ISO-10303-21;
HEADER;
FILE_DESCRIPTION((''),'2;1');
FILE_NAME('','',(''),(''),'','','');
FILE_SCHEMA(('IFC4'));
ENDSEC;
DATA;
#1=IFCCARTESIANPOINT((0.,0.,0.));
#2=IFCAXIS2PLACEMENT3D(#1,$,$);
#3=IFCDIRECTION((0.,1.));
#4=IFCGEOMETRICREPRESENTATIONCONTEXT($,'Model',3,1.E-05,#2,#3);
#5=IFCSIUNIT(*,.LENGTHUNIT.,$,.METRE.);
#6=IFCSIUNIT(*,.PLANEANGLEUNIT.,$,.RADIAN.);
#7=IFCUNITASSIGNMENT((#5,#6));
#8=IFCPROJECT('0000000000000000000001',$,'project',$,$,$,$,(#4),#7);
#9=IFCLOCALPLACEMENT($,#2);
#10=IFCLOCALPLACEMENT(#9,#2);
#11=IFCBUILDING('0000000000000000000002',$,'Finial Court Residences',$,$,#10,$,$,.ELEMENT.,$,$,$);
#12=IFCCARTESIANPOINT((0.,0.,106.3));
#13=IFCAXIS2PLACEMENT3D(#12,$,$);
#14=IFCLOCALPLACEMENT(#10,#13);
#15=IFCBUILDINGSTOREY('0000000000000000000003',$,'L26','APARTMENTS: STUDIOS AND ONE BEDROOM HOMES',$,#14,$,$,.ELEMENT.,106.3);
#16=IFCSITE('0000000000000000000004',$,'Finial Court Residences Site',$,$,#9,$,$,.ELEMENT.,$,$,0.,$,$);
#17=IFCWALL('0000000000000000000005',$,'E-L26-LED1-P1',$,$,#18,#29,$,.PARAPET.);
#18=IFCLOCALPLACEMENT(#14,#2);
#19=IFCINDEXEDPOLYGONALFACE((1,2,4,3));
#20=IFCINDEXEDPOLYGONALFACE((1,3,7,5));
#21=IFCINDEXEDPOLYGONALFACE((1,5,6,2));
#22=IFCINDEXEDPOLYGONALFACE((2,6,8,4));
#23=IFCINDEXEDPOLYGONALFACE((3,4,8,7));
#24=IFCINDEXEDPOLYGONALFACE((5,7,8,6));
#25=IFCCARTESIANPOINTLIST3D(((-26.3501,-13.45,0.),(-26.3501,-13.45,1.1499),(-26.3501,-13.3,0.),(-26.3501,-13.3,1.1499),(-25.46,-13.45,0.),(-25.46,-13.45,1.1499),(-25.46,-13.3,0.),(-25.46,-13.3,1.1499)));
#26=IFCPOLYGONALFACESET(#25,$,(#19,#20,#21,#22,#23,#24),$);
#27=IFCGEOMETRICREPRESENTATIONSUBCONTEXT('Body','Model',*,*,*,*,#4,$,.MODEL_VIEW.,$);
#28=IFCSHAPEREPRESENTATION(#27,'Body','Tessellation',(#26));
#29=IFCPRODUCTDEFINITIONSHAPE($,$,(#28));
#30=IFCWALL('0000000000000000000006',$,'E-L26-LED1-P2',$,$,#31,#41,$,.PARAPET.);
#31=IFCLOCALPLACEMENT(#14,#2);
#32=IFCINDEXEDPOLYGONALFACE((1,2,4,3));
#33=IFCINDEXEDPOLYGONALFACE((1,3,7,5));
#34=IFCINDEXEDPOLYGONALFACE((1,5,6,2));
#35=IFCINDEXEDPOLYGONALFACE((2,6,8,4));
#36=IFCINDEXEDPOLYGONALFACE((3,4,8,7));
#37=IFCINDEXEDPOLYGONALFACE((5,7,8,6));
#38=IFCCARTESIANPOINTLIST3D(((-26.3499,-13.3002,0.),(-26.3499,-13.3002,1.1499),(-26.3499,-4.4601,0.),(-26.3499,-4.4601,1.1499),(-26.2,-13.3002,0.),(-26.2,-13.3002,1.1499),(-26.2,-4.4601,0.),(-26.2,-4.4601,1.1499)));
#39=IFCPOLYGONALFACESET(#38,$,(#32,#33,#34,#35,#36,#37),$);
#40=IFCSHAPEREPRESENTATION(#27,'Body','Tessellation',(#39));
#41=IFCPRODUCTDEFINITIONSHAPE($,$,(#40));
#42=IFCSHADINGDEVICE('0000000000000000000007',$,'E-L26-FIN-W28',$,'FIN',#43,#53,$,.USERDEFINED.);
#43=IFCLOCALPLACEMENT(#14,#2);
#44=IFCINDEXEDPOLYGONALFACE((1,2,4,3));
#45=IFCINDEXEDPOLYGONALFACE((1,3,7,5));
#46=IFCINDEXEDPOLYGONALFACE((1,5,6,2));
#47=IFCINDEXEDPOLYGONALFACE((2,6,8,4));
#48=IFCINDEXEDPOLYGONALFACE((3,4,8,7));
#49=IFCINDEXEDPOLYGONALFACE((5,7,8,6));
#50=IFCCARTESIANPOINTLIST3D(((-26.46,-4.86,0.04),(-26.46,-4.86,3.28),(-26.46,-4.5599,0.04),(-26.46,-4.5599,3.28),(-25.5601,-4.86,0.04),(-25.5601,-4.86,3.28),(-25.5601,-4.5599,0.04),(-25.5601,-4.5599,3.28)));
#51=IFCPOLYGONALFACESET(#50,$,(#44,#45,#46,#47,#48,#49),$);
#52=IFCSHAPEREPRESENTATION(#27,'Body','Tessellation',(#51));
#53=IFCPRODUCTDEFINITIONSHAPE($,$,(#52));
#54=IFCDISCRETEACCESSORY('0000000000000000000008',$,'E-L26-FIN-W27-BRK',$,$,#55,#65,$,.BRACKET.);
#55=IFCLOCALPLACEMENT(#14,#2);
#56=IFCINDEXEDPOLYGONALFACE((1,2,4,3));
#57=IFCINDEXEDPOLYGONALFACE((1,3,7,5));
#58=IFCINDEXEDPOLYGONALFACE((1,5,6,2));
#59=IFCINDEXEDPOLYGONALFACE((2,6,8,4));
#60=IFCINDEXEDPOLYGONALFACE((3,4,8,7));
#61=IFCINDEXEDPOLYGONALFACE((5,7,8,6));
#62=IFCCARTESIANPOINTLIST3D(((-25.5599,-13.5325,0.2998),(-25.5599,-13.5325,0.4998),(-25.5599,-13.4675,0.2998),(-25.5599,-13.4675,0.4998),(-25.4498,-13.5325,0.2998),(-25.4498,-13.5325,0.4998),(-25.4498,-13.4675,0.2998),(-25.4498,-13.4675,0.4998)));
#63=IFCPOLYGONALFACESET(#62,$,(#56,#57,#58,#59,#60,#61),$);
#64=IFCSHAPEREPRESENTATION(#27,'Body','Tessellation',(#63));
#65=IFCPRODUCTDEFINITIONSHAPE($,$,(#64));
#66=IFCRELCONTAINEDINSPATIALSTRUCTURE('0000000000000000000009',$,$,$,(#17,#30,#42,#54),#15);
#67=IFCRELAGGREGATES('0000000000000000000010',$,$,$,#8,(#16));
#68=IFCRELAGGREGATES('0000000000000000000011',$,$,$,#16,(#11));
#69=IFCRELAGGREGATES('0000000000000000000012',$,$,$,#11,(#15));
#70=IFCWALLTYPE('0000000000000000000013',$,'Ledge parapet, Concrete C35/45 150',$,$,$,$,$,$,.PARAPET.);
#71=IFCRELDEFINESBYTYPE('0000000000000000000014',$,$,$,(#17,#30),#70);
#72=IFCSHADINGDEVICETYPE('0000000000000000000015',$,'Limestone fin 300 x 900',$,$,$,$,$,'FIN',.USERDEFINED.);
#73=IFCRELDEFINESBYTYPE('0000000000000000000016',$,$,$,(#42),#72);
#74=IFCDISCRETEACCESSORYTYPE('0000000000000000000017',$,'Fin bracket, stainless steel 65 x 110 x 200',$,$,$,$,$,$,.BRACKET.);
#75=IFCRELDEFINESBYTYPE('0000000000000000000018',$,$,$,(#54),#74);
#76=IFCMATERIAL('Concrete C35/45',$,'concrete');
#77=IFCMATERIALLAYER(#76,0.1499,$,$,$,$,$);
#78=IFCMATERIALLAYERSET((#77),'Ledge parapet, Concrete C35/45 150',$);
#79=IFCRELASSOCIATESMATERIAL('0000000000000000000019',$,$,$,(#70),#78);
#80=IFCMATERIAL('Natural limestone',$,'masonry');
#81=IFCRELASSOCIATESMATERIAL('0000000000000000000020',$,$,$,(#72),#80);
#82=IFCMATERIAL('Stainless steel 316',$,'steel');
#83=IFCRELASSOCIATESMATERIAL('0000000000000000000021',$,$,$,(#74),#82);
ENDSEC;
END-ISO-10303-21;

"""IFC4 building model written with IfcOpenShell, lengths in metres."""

from ifc_helpers import new_model, si_unit, direction, frame, frame_2d, origin, origin_2d, place, context, subcontext, project, spatial, rectangle, extrude, material, layer, layer_set, type_object, element, save


model = new_model("IFC4")

# Units and contexts
model_context = context("Model", 3, precision=1e-05, world=origin(), true_north=direction((0.0, 1.0)))
body_context = subcontext(model_context, "Body", "Model", "MODEL_VIEW")
ifc_project = project(units=[si_unit("LENGTHUNIT", "METRE"), si_unit("PLANEANGLEUNIT", "RADIAN")], contexts=[model_context])

# Site, building, storey
site_placement = place(None, origin())
site = spatial("IfcSite", under=ifc_project, at=site_placement, Name="Finial Court Residences Site", CompositionType="ELEMENT", RefElevation=0.0)
building_placement = place(site_placement, origin())
building = spatial("IfcBuilding", under=site, at=building_placement, Name="Finial Court Residences", CompositionType="ELEMENT")
storey_placement = place(building_placement, frame((0.0, 0.0, 106.3)))
storey = spatial("IfcBuildingStorey", under=building, at=storey_placement, Name="L26", Description="APARTMENTS: STUDIOS AND ONE BEDROOM HOMES", CompositionType="ELEMENT", Elevation=106.3)

# Walls
ifc_material_1 = material(Name="Concrete C35/45", Category="concrete")
ifc_layer_1 = layer(ifc_material_1, 0.1499)
ifc_layer_set_1 = layer_set([ifc_layer_1], Name="Ledge parapet, Concrete C35/45 150")
wall_type_1 = type_object("IfcWallType", Name="Ledge parapet, Concrete C35/45 150", PredefinedType="PARAPET", material=ifc_layer_set_1)
wall_1_placement = place(storey_placement, frame((-25.46, -13.375, 0.0), z_axis=(0.0, 0.0, 1.0), x_axis=(-1.0, 0.0, 0.0)))
element("IfcWall", 1, at=wall_1_placement, inside=storey, type_object=wall_type_1, Name="E-L26-LED1-P1", PredefinedType="PARAPET", context=body_context, shape_type="SweptSolid", body=[
    extrude(rectangle(XDim=0.8901, YDim=0.1499, at=frame_2d((0.4451, 0.0))), origin(), (0.0, 0.0, 1.0), 1.1499),
])
wall_2_placement = place(storey_placement, frame((-26.2749, -13.3, 0.0), z_axis=(0.0, 0.0, 1.0), x_axis=(0.0, 1.0, 0.0)))
element("IfcWall", 2, at=wall_2_placement, inside=storey, type_object=wall_type_1, Name="E-L26-LED1-P2", PredefinedType="PARAPET", context=body_context, shape_type="SweptSolid", body=[
    extrude(rectangle(XDim=8.8401, YDim=0.1499, at=frame_2d((4.4199, 0.0))), origin(), (0.0, 0.0, 1.0), 1.1499),
])

# Shading device
ifc_material_2 = material(Name="Natural limestone", Category="masonry")
shading_device_type = type_object("IfcShadingDeviceType", Name="Limestone fin 300 x 900", ElementType="FIN", PredefinedType="USERDEFINED", material=ifc_material_2)
shading_device_placement = place(storey_placement, frame((-26.01, -4.71, 0.04), z_axis=(0.0, 0.0, 1.0), x_axis=(1.0, 0.0, 0.0)))
element("IfcShadingDevice", 3, at=shading_device_placement, inside=storey, type_object=shading_device_type, Name="E-L26-FIN-W28", ObjectType="FIN", PredefinedType="USERDEFINED", context=body_context, shape_type="SweptSolid", body=[
    extrude(rectangle(XDim=0.8999, YDim=0.3, at=origin_2d()), origin(), (0.0, 0.0, 1.0), 3.24),
])

# Discrete accessory
ifc_material_3 = material(Name="Stainless steel 316", Category="steel")
discrete_accessory_type = type_object("IfcDiscreteAccessoryType", Name="Fin bracket, stainless steel 65 x 110 x 200", PredefinedType="BRACKET", material=ifc_material_3)
discrete_accessory_placement = place(storey_placement, frame((-25.5049, -13.5, 0.2998), z_axis=(0.0, 0.0, 1.0), x_axis=(1.0, 0.0, 0.0)))
element("IfcDiscreteAccessory", 4, at=discrete_accessory_placement, inside=storey, type_object=discrete_accessory_type, Name="E-L26-FIN-W27-BRK", PredefinedType="BRACKET", context=body_context, shape_type="SweptSolid", body=[
    extrude(rectangle(XDim=0.1101, YDim=0.0649, at=origin_2d()), origin(), (0.0, 0.0, 1.0), 0.2),
])

save(model, "model.ifc")
